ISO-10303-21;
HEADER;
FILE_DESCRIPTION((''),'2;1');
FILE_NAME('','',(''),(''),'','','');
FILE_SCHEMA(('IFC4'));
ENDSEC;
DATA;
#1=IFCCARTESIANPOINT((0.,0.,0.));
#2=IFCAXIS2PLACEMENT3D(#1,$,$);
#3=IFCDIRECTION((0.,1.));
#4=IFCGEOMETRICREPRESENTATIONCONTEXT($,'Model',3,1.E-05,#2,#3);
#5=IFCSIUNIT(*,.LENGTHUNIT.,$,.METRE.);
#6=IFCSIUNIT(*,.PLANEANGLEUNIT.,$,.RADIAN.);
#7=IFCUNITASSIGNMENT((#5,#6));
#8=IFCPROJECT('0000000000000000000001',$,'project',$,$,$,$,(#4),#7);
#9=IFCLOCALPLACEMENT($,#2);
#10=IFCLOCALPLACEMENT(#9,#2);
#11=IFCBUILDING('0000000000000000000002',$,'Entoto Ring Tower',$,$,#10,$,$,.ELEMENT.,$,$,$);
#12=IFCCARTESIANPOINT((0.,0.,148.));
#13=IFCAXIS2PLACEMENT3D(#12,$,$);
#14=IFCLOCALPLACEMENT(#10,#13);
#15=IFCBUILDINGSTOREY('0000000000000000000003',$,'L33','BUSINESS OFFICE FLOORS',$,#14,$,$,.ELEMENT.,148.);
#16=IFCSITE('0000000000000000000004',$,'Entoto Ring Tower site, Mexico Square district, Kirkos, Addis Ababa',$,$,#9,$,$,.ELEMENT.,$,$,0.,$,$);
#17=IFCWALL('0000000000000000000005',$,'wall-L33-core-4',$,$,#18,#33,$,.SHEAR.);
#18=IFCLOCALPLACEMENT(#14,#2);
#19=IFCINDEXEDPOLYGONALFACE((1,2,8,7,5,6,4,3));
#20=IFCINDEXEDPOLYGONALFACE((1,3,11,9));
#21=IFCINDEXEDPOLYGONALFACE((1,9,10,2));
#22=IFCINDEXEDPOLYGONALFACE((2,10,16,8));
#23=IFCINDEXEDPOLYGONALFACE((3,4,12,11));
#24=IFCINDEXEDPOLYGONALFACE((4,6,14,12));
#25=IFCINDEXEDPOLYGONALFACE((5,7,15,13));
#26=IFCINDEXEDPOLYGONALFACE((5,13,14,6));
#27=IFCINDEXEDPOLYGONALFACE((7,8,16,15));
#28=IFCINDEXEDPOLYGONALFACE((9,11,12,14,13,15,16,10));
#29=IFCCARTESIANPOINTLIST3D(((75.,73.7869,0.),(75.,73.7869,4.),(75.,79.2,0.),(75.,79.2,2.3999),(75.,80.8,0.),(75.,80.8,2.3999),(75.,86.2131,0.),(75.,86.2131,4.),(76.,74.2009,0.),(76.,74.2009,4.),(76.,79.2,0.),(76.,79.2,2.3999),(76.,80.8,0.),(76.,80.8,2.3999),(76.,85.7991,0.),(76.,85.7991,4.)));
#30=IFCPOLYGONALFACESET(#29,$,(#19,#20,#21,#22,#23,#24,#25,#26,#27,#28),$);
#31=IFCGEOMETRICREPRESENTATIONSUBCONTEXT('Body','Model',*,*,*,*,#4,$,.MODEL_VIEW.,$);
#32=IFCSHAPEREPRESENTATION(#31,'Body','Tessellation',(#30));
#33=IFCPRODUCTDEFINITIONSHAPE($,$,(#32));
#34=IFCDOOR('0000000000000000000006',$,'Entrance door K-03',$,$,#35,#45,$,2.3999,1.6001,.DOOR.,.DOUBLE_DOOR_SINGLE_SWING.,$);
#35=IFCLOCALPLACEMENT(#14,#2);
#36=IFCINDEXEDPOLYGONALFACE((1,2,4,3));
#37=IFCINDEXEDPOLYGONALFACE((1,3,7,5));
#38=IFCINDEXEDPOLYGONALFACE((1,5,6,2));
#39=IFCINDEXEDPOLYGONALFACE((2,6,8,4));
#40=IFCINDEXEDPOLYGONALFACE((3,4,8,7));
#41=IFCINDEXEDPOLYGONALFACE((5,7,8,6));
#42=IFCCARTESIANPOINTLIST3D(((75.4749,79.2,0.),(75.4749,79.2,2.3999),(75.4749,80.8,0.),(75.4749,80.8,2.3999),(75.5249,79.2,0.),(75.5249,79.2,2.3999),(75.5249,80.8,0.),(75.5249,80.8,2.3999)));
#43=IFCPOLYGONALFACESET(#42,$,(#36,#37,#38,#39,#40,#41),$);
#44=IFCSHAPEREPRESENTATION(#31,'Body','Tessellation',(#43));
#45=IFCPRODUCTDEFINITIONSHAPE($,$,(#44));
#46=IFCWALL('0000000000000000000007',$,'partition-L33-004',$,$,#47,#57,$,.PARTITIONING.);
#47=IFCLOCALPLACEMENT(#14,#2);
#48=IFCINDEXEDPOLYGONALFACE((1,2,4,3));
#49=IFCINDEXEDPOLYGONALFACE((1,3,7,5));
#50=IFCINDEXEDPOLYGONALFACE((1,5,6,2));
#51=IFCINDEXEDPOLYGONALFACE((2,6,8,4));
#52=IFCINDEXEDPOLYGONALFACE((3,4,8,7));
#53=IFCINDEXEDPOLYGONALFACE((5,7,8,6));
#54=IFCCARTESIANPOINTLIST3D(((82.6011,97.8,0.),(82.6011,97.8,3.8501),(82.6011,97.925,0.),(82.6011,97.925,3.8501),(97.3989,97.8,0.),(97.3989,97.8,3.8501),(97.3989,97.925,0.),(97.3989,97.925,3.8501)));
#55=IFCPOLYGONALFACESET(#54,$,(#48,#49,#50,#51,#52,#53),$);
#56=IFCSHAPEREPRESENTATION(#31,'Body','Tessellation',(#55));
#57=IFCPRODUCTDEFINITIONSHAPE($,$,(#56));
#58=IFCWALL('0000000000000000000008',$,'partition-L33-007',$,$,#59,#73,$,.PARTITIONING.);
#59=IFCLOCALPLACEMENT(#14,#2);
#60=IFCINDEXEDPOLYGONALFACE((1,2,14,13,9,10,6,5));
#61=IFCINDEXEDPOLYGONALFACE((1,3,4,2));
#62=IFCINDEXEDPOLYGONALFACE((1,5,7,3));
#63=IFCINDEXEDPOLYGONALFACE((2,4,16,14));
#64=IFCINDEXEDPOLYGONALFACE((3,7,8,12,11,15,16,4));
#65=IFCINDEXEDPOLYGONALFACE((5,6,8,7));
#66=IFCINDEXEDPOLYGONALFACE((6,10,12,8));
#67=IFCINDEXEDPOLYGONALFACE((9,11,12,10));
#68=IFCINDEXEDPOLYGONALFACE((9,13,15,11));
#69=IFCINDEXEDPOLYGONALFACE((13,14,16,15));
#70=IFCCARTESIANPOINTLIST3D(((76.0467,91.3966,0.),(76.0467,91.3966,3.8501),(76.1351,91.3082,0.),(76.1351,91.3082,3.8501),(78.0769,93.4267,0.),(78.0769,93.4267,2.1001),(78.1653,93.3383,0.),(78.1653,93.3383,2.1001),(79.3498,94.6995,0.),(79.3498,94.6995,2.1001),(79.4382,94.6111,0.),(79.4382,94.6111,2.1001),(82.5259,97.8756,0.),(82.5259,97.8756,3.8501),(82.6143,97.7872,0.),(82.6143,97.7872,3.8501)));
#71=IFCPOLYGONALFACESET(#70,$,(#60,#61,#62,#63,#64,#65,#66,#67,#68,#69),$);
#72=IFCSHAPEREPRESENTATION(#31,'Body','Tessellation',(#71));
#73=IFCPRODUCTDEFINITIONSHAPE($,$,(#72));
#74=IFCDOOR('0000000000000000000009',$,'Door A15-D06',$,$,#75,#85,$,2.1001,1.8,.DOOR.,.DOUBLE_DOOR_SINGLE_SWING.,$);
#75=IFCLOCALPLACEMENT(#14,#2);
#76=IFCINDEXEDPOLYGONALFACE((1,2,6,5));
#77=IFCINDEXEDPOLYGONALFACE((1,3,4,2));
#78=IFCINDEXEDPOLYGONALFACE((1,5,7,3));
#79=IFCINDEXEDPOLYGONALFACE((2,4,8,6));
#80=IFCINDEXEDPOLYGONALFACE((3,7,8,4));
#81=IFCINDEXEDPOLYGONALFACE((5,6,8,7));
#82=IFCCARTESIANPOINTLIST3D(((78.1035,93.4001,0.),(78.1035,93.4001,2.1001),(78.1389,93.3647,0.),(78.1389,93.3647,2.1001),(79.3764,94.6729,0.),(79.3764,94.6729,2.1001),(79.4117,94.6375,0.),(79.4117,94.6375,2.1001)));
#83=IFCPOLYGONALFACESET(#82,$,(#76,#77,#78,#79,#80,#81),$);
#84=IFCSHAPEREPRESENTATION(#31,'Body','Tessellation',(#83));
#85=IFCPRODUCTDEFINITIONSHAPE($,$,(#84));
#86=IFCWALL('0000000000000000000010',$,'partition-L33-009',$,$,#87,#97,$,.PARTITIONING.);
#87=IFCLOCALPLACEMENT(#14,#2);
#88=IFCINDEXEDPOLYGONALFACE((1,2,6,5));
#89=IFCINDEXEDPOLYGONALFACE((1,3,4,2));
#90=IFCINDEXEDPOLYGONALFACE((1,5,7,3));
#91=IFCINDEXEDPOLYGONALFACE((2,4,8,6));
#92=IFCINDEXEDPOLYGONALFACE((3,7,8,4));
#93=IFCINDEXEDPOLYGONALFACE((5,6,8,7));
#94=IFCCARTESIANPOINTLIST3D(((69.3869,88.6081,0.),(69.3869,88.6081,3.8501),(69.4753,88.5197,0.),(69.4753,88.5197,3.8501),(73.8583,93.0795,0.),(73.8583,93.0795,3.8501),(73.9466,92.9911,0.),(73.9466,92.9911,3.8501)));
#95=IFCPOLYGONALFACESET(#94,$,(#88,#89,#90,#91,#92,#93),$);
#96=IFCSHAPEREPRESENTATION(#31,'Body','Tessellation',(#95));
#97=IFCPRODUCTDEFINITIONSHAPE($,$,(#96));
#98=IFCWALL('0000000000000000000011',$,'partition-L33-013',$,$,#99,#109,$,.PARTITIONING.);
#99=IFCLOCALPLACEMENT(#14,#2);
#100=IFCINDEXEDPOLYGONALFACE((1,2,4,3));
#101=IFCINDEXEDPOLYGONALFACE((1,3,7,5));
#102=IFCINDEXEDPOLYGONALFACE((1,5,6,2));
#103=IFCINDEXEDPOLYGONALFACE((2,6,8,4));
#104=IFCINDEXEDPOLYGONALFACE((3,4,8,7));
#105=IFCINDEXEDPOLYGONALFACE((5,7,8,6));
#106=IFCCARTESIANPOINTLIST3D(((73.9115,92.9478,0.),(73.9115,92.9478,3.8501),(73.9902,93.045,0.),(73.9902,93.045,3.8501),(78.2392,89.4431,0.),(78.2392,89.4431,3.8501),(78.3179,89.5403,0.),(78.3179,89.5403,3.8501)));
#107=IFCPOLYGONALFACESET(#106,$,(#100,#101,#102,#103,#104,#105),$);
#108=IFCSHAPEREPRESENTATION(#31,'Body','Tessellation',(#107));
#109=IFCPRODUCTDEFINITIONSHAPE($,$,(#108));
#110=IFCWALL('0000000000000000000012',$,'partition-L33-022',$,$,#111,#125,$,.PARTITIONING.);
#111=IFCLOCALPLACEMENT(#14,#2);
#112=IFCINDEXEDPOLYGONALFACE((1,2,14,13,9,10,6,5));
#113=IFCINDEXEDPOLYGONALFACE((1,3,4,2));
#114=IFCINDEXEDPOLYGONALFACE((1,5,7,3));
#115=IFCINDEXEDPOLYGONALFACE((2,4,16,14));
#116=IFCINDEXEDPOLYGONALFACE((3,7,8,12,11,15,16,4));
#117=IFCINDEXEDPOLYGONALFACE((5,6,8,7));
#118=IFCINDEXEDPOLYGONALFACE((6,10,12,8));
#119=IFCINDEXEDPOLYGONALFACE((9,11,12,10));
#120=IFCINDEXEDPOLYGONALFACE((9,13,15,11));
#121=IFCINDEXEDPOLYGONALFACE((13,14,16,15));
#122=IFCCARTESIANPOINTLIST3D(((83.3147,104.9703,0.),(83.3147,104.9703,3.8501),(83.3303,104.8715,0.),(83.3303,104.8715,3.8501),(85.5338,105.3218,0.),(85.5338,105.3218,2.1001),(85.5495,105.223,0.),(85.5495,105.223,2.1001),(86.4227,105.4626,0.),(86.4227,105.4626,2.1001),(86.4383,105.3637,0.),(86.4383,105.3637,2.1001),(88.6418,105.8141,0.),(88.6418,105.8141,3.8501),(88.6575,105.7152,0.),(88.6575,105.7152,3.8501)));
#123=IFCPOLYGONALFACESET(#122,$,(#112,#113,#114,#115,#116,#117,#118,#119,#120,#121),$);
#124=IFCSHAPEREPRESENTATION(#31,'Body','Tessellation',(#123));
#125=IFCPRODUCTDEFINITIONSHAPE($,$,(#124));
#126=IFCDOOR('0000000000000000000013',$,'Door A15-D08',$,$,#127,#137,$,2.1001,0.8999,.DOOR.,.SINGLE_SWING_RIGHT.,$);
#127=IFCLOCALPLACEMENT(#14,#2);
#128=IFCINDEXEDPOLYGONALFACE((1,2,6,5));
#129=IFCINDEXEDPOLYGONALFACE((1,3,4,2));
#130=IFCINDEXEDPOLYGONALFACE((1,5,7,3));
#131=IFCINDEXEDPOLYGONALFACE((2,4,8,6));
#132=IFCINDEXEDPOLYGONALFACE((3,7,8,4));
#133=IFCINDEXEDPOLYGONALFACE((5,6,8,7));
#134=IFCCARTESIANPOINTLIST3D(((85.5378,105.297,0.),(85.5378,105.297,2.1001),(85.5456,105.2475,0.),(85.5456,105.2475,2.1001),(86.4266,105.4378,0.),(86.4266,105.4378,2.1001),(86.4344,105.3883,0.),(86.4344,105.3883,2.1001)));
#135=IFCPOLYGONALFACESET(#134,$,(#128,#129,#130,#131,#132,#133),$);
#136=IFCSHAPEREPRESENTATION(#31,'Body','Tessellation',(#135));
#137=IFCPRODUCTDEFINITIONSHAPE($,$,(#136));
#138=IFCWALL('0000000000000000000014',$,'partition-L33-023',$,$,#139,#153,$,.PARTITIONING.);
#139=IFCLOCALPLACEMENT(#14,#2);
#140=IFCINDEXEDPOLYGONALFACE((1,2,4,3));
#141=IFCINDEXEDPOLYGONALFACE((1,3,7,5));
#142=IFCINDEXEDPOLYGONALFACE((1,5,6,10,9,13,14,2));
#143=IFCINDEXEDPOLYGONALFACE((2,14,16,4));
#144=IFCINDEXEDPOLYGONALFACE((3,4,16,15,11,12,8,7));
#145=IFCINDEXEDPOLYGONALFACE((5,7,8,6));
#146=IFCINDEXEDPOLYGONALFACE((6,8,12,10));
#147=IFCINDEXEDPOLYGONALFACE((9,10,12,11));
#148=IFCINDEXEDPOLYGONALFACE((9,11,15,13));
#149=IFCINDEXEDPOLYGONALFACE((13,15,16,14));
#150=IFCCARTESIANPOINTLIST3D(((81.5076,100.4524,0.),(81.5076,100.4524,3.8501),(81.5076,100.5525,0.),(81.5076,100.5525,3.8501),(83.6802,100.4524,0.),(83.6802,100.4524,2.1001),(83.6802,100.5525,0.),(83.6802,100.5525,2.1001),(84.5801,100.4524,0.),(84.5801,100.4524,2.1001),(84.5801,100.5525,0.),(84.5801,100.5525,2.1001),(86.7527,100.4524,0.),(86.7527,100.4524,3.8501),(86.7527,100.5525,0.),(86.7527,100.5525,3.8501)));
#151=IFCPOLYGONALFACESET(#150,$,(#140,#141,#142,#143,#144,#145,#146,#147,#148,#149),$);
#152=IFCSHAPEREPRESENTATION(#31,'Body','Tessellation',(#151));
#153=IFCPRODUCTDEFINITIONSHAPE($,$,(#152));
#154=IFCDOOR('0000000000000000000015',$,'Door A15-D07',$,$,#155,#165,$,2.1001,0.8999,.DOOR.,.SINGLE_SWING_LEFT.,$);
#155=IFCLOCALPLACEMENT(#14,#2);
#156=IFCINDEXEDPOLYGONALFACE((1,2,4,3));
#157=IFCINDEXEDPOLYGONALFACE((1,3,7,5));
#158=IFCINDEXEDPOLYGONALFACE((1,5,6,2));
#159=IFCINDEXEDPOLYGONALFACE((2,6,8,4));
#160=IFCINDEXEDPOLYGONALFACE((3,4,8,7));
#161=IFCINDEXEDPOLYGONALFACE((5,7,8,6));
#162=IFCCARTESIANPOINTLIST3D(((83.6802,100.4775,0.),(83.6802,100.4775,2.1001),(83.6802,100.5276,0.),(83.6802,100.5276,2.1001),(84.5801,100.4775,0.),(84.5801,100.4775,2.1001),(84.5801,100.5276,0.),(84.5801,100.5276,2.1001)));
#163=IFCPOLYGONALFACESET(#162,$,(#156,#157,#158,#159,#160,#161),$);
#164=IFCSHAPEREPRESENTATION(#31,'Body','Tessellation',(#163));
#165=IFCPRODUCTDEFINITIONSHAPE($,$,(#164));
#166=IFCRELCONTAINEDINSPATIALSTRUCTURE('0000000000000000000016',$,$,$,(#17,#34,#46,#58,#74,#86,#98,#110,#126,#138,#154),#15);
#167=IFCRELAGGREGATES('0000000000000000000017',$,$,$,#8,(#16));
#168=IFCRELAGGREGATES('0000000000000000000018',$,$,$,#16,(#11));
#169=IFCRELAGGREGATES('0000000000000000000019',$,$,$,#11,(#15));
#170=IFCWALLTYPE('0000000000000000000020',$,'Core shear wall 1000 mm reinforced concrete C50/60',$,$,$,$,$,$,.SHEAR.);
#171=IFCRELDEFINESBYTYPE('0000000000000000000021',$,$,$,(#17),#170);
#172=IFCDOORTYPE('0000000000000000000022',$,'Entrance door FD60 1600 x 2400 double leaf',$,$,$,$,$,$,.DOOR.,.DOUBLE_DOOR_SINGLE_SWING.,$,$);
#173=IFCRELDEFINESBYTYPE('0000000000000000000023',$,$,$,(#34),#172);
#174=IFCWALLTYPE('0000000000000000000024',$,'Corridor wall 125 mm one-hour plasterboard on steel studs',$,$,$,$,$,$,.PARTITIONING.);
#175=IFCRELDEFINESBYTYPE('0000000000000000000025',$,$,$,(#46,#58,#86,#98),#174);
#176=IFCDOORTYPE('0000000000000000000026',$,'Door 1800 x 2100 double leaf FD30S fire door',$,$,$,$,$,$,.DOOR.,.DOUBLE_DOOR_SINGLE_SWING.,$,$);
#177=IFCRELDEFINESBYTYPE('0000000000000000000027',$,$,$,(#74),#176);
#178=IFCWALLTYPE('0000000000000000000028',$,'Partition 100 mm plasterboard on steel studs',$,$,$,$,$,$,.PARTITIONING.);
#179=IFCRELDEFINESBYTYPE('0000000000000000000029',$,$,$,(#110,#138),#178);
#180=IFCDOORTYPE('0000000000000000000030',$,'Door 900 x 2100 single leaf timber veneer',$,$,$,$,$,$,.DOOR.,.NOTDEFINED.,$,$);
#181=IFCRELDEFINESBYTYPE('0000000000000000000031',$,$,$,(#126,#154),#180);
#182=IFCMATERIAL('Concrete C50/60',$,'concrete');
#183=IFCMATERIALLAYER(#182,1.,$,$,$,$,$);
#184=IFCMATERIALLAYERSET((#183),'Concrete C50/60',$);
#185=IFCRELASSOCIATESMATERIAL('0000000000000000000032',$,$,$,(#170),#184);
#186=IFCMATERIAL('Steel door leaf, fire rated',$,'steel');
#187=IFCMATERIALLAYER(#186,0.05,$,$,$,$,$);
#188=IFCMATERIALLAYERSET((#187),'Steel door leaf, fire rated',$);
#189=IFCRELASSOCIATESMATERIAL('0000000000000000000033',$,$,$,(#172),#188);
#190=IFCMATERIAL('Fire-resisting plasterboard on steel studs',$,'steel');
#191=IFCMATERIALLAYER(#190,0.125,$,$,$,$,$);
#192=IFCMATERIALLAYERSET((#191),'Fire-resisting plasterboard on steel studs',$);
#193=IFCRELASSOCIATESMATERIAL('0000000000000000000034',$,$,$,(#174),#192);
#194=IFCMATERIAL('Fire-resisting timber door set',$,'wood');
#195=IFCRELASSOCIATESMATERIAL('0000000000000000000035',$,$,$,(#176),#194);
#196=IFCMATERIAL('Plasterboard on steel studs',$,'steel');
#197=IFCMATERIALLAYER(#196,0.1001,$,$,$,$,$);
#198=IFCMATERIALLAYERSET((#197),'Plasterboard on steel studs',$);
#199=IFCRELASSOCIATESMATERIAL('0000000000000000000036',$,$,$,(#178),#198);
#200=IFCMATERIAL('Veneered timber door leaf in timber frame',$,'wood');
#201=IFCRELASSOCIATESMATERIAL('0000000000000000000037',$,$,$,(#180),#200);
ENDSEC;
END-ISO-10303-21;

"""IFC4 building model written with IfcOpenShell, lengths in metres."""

from ifc_helpers import new_model, si_unit, direction, frame, frame_2d, origin, place, context, subcontext, project, spatial, polyline, rectangle, outline, extrude, material, layer, layer_set, type_object, element, fill, save


model = new_model("IFC4")

# Units and contexts
model_context = context("Model", 3, precision=1e-05, world=origin(), true_north=direction((0.0, 1.0)))
body_context = subcontext(model_context, "Body", "Model", "MODEL_VIEW")
ifc_project = project(units=[si_unit("LENGTHUNIT", "METRE"), si_unit("PLANEANGLEUNIT", "RADIAN")], contexts=[model_context])

# Site, building, storey
site_placement = place(None, origin())
site = spatial("IfcSite", under=ifc_project, at=site_placement, Name="Entoto Ring Tower site, Mexico Square district, Kirkos, Addis Ababa", CompositionType="ELEMENT", RefElevation=0.0)
building_placement = place(site_placement, origin())
building = spatial("IfcBuilding", under=site, at=building_placement, Name="Entoto Ring Tower", CompositionType="ELEMENT")
storey_placement = place(building_placement, frame((0.0, 0.0, 148.0)))
storey = spatial("IfcBuildingStorey", under=building, at=storey_placement, Name="L33", Description="BUSINESS OFFICE FLOORS", CompositionType="ELEMENT", Elevation=148.0)

# Shared definitions
ifc_material_1 = material(Name="Concrete C50/60", Category="concrete")
ifc_layer_1 = layer(ifc_material_1, 1.0)
ifc_layer_set_1 = layer_set([ifc_layer_1], Name="Concrete C50/60")
wall_type_1 = type_object("IfcWallType", Name="Core shear wall 1000 mm reinforced concrete C50/60", PredefinedType="SHEAR", material=ifc_layer_set_1)

# Wall, opening, door
wall_1_placement = place(storey_placement, frame((75.5, 86.0061, 0.0), z_axis=(0.0, 0.0, 1.0), x_axis=(0.0, -1.0, 0.0)))
wall_1 = element("IfcWall", 1, at=wall_1_placement, inside=storey, type_object=wall_type_1, Name="wall-L33-core-4", PredefinedType="SHEAR", context=body_context, shape_type="SweptSolid", body=[
    extrude(outline(polyline([(-0.207, -0.5), (12.2192, -0.5), (11.8052, 0.5), (0.207, 0.5), (-0.207, -0.5)])), origin(), (0.0, 0.0, 1.0), 4.0),
])
opening_1_placement = place(wall_1_placement, frame((5.2061, 0.0, 0.0)))
opening_1 = element("IfcOpeningElement", 2, at=opening_1_placement, cuts=wall_1, PredefinedType="OPENING", context=body_context, shape_type="SweptSolid", body=[
    extrude(rectangle(XDim=1.6001, YDim=2.3999, at=frame_2d((0.8, 1.2))), frame((0.0, 0.51, 0.0), z_axis=(0.0, -1.0, 0.0), x_axis=(1.0, 0.0, 0.0)), (0.0, 0.0, 1.0), 1.02),
])
ifc_material_2 = material(Name="Steel door leaf, fire rated", Category="steel")
ifc_layer_2 = layer(ifc_material_2, 0.05)
ifc_layer_set_2 = layer_set([ifc_layer_2], Name="Steel door leaf, fire rated")
door_type_1 = type_object("IfcDoorType", Name="Entrance door FD60 1600 x 2400 double leaf", OperationType="DOUBLE_DOOR_SINGLE_SWING", PredefinedType="DOOR", material=ifc_layer_set_2)
door_1_placement = place(opening_1_placement, origin())
door_1 = element("IfcDoor", 3, at=door_1_placement, inside=storey, type_object=door_type_1, Name="Entrance door K-03", OperationType="DOUBLE_DOOR_SINGLE_SWING", OverallHeight=2.3999, OverallWidth=1.6001, PredefinedType="DOOR", context=body_context, shape_type="SweptSolid", body=[
    extrude(rectangle(XDim=1.6001, YDim=2.3999, at=frame_2d((0.8, 1.2))), frame((0.0, 0.0249, 0.0), z_axis=(0.0, -1.0, 0.0), x_axis=(1.0, 0.0, 0.0)), (0.0, 0.0, 1.0), 0.05),
])
fill(opening_1, door_1)

# Wall
ifc_material_3 = material(Name="Fire-resisting plasterboard on steel studs", Category="steel")
ifc_layer_3 = layer(ifc_material_3, 0.125)
ifc_layer_set_3 = layer_set([ifc_layer_3], Name="Fire-resisting plasterboard on steel studs")
wall_type_2 = type_object("IfcWallType", Name="Corridor wall 125 mm one-hour plasterboard on steel studs", PredefinedType="PARTITIONING", material=ifc_layer_set_3)
wall_2_placement = place(storey_placement, frame((82.6011, 97.8625, 0.0), z_axis=(0.0, 0.0, 1.0), x_axis=(1.0, 0.0, 0.0)))
element("IfcWall", 4, at=wall_2_placement, inside=storey, type_object=wall_type_2, Name="partition-L33-004", PredefinedType="PARTITIONING", context=body_context, shape_type="SweptSolid", body=[
    extrude(rectangle(XDim=14.7979, YDim=0.125, at=frame_2d((7.3989, 0.0))), origin(), (0.0, 0.0, 1.0), 3.8501),
])

# Wall, opening, door
wall_3_placement = place(storey_placement, frame((76.0908, 91.3523, 0.0), z_axis=(0.0, 0.0, 1.0), x_axis=(0.70712, 0.707093, 0.0)))
wall_3 = element("IfcWall", 5, at=wall_3_placement, inside=storey, type_object=wall_type_2, Name="partition-L33-007", PredefinedType="PARTITIONING", context=body_context, shape_type="SweptSolid", body=[
    extrude(rectangle(XDim=9.1628, YDim=0.125, at=frame_2d((4.5815, 0.0))), origin(), (0.0, 0.0, 1.0), 3.8501),
])
opening_2_placement = place(wall_3_placement, frame((2.8713, 0.0, 0.0)))
opening_2 = element("IfcOpeningElement", 6, at=opening_2_placement, cuts=wall_3, PredefinedType="OPENING", context=body_context, shape_type="SweptSolid", body=[
    extrude(rectangle(XDim=1.8, YDim=2.1001, at=frame_2d((0.8999, 1.05))), frame((0.0, 0.0725, 0.0), z_axis=(0.0, -1.0, 0.0), x_axis=(1.0, 0.0, 0.0)), (0.0, 0.0, 1.0), 0.145),
])
ifc_material_4 = material(Name="Fire-resisting timber door set", Category="wood")
door_type_2 = type_object("IfcDoorType", Name="Door 1800 x 2100 double leaf FD30S fire door", OperationType="DOUBLE_DOOR_SINGLE_SWING", PredefinedType="DOOR", material=ifc_material_4)
door_2_placement = place(opening_2_placement, origin())
door_2 = element("IfcDoor", 7, at=door_2_placement, inside=storey, type_object=door_type_2, Name="Door A15-D06", OperationType="DOUBLE_DOOR_SINGLE_SWING", OverallHeight=2.1001, OverallWidth=1.8, PredefinedType="DOOR", context=body_context, shape_type="SweptSolid", body=[
    extrude(rectangle(XDim=1.8, YDim=2.1001, at=frame_2d((0.8999, 1.05))), frame((0.0, 0.0249, 0.0), z_axis=(0.0, -1.0, 0.0), x_axis=(1.0, 0.0, 0.0)), (0.0, 0.0, 1.0), 0.05),
])
fill(opening_2, door_2)

# Walls
wall_4_placement = place(storey_placement, frame((69.4312, 88.564, 0.0), z_axis=(0.0, 0.0, 1.0), x_axis=(0.707107, 0.707107, 0.0)))
element("IfcWall", 8, at=wall_4_placement, inside=storey, type_object=wall_type_2, Name="partition-L33-009", PredefinedType="PARTITIONING", context=body_context, shape_type="SweptSolid", body=[
    extrude(rectangle(XDim=6.3235, YDim=0.125, at=frame_2d((3.1616, 0.0))), origin(), (0.0, 0.0, 1.0), 3.8501),
])
wall_5_placement = place(storey_placement, frame((78.2786, 89.4917, 0.0), z_axis=(0.0, 0.0, 1.0), x_axis=(-0.777129, 0.629341, 0.0)))
element("IfcWall", 9, at=wall_5_placement, inside=storey, type_object=wall_type_2, Name="partition-L33-013", PredefinedType="PARTITIONING", context=body_context, shape_type="SweptSolid", body=[
    extrude(rectangle(XDim=5.5688, YDim=0.125, at=frame_2d((2.7844, 0.0))), origin(), (0.0, 0.0, 1.0), 3.8501),
])

# Walls, openings, doors
ifc_material_5 = material(Name="Plasterboard on steel studs", Category="steel")
ifc_layer_4 = layer(ifc_material_5, 0.1001)
ifc_layer_set_4 = layer_set([ifc_layer_4], Name="Plasterboard on steel studs")
wall_type_3 = type_object("IfcWallType", Name="Partition 100 mm plasterboard on steel studs", PredefinedType="PARTITIONING", material=ifc_layer_set_4)
wall_6_placement = place(storey_placement, frame((83.3225, 104.9209, 0.0), z_axis=(0.0, 0.0, 1.0), x_axis=(0.987688, 0.156437, 0.0)))
wall_6 = element("IfcWall", 10, at=wall_6_placement, inside=storey, type_object=wall_type_3, Name="partition-L33-022", PredefinedType="PARTITIONING", context=body_context, shape_type="SweptSolid", body=[
    extrude(rectangle(XDim=5.3936, YDim=0.1001, at=frame_2d((2.6968, 0.0))), origin(), (0.0, 0.0, 1.0), 3.8501),
])
opening_3_placement = place(wall_6_placement, frame((2.2468, 0.0, 0.0)))
opening_3 = element("IfcOpeningElement", 11, at=opening_3_placement, cuts=wall_6, PredefinedType="OPENING", context=body_context, shape_type="SweptSolid", body=[
    extrude(rectangle(XDim=0.8999, YDim=2.1001, at=frame_2d((0.45, 1.05))), frame((0.0, 0.0601, 0.0), z_axis=(0.0, -1.0, 0.0), x_axis=(1.0, 0.0, 0.0)), (0.0, 0.0, 1.0), 0.1201),
])
ifc_material_6 = material(Name="Veneered timber door leaf in timber frame", Category="wood")
door_type_3 = type_object("IfcDoorType", Name="Door 900 x 2100 single leaf timber veneer", OperationType="NOTDEFINED", PredefinedType="DOOR", material=ifc_material_6)
door_3_placement = place(opening_3_placement, origin())
door_3 = element("IfcDoor", 12, at=door_3_placement, inside=storey, type_object=door_type_3, Name="Door A15-D08", OperationType="SINGLE_SWING_RIGHT", OverallHeight=2.1001, OverallWidth=0.8999, PredefinedType="DOOR", context=body_context, shape_type="SweptSolid", body=[
    extrude(rectangle(XDim=0.8999, YDim=2.1001, at=frame_2d((0.45, 1.05))), frame((0.0, 0.0249, 0.0), z_axis=(0.0, -1.0, 0.0), x_axis=(1.0, 0.0, 0.0)), (0.0, 0.0, 1.0), 0.05),
])
fill(opening_3, door_3)
wall_7_placement = place(storey_placement, frame((81.5076, 100.5024, 0.0), z_axis=(0.0, 0.0, 1.0), x_axis=(1.0, 0.0, 0.0)))
wall_7 = element("IfcWall", 13, at=wall_7_placement, inside=storey, type_object=wall_type_3, Name="partition-L33-023", PredefinedType="PARTITIONING", context=body_context, shape_type="SweptSolid", body=[
    extrude(rectangle(XDim=5.2451, YDim=0.1001, at=frame_2d((2.6226, 0.0))), origin(), (0.0, 0.0, 1.0), 3.8501),
])
opening_4_placement = place(wall_7_placement, frame((2.1726, 0.0, 0.0)))
opening_4 = element("IfcOpeningElement", 14, at=opening_4_placement, cuts=wall_7, PredefinedType="OPENING", context=body_context, shape_type="SweptSolid", body=[
    extrude(rectangle(XDim=0.8999, YDim=2.1001, at=frame_2d((0.45, 1.05))), frame((0.0, 0.0601, 0.0), z_axis=(0.0, -1.0, 0.0), x_axis=(1.0, 0.0, 0.0)), (0.0, 0.0, 1.0), 0.1201),
])
door_4_placement = place(opening_4_placement, frame((0.8999, 0.0, 0.0), z_axis=(0.0, 0.0, 1.0), x_axis=(-1.0, 0.0, 0.0)))
door_4 = element("IfcDoor", 15, at=door_4_placement, inside=storey, type_object=door_type_3, Name="Door A15-D07", OperationType="SINGLE_SWING_LEFT", OverallHeight=2.1001, OverallWidth=0.8999, PredefinedType="DOOR", context=body_context, shape_type="SweptSolid", body=[
    extrude(rectangle(XDim=0.8999, YDim=2.1001, at=frame_2d((0.45, 1.05))), frame((0.0, 0.0249, 0.0), z_axis=(0.0, -1.0, 0.0), x_axis=(1.0, 0.0, 0.0)), (0.0, 0.0, 1.0), 0.05),
])
fill(opening_4, door_4)

save(model, "model.ifc")
